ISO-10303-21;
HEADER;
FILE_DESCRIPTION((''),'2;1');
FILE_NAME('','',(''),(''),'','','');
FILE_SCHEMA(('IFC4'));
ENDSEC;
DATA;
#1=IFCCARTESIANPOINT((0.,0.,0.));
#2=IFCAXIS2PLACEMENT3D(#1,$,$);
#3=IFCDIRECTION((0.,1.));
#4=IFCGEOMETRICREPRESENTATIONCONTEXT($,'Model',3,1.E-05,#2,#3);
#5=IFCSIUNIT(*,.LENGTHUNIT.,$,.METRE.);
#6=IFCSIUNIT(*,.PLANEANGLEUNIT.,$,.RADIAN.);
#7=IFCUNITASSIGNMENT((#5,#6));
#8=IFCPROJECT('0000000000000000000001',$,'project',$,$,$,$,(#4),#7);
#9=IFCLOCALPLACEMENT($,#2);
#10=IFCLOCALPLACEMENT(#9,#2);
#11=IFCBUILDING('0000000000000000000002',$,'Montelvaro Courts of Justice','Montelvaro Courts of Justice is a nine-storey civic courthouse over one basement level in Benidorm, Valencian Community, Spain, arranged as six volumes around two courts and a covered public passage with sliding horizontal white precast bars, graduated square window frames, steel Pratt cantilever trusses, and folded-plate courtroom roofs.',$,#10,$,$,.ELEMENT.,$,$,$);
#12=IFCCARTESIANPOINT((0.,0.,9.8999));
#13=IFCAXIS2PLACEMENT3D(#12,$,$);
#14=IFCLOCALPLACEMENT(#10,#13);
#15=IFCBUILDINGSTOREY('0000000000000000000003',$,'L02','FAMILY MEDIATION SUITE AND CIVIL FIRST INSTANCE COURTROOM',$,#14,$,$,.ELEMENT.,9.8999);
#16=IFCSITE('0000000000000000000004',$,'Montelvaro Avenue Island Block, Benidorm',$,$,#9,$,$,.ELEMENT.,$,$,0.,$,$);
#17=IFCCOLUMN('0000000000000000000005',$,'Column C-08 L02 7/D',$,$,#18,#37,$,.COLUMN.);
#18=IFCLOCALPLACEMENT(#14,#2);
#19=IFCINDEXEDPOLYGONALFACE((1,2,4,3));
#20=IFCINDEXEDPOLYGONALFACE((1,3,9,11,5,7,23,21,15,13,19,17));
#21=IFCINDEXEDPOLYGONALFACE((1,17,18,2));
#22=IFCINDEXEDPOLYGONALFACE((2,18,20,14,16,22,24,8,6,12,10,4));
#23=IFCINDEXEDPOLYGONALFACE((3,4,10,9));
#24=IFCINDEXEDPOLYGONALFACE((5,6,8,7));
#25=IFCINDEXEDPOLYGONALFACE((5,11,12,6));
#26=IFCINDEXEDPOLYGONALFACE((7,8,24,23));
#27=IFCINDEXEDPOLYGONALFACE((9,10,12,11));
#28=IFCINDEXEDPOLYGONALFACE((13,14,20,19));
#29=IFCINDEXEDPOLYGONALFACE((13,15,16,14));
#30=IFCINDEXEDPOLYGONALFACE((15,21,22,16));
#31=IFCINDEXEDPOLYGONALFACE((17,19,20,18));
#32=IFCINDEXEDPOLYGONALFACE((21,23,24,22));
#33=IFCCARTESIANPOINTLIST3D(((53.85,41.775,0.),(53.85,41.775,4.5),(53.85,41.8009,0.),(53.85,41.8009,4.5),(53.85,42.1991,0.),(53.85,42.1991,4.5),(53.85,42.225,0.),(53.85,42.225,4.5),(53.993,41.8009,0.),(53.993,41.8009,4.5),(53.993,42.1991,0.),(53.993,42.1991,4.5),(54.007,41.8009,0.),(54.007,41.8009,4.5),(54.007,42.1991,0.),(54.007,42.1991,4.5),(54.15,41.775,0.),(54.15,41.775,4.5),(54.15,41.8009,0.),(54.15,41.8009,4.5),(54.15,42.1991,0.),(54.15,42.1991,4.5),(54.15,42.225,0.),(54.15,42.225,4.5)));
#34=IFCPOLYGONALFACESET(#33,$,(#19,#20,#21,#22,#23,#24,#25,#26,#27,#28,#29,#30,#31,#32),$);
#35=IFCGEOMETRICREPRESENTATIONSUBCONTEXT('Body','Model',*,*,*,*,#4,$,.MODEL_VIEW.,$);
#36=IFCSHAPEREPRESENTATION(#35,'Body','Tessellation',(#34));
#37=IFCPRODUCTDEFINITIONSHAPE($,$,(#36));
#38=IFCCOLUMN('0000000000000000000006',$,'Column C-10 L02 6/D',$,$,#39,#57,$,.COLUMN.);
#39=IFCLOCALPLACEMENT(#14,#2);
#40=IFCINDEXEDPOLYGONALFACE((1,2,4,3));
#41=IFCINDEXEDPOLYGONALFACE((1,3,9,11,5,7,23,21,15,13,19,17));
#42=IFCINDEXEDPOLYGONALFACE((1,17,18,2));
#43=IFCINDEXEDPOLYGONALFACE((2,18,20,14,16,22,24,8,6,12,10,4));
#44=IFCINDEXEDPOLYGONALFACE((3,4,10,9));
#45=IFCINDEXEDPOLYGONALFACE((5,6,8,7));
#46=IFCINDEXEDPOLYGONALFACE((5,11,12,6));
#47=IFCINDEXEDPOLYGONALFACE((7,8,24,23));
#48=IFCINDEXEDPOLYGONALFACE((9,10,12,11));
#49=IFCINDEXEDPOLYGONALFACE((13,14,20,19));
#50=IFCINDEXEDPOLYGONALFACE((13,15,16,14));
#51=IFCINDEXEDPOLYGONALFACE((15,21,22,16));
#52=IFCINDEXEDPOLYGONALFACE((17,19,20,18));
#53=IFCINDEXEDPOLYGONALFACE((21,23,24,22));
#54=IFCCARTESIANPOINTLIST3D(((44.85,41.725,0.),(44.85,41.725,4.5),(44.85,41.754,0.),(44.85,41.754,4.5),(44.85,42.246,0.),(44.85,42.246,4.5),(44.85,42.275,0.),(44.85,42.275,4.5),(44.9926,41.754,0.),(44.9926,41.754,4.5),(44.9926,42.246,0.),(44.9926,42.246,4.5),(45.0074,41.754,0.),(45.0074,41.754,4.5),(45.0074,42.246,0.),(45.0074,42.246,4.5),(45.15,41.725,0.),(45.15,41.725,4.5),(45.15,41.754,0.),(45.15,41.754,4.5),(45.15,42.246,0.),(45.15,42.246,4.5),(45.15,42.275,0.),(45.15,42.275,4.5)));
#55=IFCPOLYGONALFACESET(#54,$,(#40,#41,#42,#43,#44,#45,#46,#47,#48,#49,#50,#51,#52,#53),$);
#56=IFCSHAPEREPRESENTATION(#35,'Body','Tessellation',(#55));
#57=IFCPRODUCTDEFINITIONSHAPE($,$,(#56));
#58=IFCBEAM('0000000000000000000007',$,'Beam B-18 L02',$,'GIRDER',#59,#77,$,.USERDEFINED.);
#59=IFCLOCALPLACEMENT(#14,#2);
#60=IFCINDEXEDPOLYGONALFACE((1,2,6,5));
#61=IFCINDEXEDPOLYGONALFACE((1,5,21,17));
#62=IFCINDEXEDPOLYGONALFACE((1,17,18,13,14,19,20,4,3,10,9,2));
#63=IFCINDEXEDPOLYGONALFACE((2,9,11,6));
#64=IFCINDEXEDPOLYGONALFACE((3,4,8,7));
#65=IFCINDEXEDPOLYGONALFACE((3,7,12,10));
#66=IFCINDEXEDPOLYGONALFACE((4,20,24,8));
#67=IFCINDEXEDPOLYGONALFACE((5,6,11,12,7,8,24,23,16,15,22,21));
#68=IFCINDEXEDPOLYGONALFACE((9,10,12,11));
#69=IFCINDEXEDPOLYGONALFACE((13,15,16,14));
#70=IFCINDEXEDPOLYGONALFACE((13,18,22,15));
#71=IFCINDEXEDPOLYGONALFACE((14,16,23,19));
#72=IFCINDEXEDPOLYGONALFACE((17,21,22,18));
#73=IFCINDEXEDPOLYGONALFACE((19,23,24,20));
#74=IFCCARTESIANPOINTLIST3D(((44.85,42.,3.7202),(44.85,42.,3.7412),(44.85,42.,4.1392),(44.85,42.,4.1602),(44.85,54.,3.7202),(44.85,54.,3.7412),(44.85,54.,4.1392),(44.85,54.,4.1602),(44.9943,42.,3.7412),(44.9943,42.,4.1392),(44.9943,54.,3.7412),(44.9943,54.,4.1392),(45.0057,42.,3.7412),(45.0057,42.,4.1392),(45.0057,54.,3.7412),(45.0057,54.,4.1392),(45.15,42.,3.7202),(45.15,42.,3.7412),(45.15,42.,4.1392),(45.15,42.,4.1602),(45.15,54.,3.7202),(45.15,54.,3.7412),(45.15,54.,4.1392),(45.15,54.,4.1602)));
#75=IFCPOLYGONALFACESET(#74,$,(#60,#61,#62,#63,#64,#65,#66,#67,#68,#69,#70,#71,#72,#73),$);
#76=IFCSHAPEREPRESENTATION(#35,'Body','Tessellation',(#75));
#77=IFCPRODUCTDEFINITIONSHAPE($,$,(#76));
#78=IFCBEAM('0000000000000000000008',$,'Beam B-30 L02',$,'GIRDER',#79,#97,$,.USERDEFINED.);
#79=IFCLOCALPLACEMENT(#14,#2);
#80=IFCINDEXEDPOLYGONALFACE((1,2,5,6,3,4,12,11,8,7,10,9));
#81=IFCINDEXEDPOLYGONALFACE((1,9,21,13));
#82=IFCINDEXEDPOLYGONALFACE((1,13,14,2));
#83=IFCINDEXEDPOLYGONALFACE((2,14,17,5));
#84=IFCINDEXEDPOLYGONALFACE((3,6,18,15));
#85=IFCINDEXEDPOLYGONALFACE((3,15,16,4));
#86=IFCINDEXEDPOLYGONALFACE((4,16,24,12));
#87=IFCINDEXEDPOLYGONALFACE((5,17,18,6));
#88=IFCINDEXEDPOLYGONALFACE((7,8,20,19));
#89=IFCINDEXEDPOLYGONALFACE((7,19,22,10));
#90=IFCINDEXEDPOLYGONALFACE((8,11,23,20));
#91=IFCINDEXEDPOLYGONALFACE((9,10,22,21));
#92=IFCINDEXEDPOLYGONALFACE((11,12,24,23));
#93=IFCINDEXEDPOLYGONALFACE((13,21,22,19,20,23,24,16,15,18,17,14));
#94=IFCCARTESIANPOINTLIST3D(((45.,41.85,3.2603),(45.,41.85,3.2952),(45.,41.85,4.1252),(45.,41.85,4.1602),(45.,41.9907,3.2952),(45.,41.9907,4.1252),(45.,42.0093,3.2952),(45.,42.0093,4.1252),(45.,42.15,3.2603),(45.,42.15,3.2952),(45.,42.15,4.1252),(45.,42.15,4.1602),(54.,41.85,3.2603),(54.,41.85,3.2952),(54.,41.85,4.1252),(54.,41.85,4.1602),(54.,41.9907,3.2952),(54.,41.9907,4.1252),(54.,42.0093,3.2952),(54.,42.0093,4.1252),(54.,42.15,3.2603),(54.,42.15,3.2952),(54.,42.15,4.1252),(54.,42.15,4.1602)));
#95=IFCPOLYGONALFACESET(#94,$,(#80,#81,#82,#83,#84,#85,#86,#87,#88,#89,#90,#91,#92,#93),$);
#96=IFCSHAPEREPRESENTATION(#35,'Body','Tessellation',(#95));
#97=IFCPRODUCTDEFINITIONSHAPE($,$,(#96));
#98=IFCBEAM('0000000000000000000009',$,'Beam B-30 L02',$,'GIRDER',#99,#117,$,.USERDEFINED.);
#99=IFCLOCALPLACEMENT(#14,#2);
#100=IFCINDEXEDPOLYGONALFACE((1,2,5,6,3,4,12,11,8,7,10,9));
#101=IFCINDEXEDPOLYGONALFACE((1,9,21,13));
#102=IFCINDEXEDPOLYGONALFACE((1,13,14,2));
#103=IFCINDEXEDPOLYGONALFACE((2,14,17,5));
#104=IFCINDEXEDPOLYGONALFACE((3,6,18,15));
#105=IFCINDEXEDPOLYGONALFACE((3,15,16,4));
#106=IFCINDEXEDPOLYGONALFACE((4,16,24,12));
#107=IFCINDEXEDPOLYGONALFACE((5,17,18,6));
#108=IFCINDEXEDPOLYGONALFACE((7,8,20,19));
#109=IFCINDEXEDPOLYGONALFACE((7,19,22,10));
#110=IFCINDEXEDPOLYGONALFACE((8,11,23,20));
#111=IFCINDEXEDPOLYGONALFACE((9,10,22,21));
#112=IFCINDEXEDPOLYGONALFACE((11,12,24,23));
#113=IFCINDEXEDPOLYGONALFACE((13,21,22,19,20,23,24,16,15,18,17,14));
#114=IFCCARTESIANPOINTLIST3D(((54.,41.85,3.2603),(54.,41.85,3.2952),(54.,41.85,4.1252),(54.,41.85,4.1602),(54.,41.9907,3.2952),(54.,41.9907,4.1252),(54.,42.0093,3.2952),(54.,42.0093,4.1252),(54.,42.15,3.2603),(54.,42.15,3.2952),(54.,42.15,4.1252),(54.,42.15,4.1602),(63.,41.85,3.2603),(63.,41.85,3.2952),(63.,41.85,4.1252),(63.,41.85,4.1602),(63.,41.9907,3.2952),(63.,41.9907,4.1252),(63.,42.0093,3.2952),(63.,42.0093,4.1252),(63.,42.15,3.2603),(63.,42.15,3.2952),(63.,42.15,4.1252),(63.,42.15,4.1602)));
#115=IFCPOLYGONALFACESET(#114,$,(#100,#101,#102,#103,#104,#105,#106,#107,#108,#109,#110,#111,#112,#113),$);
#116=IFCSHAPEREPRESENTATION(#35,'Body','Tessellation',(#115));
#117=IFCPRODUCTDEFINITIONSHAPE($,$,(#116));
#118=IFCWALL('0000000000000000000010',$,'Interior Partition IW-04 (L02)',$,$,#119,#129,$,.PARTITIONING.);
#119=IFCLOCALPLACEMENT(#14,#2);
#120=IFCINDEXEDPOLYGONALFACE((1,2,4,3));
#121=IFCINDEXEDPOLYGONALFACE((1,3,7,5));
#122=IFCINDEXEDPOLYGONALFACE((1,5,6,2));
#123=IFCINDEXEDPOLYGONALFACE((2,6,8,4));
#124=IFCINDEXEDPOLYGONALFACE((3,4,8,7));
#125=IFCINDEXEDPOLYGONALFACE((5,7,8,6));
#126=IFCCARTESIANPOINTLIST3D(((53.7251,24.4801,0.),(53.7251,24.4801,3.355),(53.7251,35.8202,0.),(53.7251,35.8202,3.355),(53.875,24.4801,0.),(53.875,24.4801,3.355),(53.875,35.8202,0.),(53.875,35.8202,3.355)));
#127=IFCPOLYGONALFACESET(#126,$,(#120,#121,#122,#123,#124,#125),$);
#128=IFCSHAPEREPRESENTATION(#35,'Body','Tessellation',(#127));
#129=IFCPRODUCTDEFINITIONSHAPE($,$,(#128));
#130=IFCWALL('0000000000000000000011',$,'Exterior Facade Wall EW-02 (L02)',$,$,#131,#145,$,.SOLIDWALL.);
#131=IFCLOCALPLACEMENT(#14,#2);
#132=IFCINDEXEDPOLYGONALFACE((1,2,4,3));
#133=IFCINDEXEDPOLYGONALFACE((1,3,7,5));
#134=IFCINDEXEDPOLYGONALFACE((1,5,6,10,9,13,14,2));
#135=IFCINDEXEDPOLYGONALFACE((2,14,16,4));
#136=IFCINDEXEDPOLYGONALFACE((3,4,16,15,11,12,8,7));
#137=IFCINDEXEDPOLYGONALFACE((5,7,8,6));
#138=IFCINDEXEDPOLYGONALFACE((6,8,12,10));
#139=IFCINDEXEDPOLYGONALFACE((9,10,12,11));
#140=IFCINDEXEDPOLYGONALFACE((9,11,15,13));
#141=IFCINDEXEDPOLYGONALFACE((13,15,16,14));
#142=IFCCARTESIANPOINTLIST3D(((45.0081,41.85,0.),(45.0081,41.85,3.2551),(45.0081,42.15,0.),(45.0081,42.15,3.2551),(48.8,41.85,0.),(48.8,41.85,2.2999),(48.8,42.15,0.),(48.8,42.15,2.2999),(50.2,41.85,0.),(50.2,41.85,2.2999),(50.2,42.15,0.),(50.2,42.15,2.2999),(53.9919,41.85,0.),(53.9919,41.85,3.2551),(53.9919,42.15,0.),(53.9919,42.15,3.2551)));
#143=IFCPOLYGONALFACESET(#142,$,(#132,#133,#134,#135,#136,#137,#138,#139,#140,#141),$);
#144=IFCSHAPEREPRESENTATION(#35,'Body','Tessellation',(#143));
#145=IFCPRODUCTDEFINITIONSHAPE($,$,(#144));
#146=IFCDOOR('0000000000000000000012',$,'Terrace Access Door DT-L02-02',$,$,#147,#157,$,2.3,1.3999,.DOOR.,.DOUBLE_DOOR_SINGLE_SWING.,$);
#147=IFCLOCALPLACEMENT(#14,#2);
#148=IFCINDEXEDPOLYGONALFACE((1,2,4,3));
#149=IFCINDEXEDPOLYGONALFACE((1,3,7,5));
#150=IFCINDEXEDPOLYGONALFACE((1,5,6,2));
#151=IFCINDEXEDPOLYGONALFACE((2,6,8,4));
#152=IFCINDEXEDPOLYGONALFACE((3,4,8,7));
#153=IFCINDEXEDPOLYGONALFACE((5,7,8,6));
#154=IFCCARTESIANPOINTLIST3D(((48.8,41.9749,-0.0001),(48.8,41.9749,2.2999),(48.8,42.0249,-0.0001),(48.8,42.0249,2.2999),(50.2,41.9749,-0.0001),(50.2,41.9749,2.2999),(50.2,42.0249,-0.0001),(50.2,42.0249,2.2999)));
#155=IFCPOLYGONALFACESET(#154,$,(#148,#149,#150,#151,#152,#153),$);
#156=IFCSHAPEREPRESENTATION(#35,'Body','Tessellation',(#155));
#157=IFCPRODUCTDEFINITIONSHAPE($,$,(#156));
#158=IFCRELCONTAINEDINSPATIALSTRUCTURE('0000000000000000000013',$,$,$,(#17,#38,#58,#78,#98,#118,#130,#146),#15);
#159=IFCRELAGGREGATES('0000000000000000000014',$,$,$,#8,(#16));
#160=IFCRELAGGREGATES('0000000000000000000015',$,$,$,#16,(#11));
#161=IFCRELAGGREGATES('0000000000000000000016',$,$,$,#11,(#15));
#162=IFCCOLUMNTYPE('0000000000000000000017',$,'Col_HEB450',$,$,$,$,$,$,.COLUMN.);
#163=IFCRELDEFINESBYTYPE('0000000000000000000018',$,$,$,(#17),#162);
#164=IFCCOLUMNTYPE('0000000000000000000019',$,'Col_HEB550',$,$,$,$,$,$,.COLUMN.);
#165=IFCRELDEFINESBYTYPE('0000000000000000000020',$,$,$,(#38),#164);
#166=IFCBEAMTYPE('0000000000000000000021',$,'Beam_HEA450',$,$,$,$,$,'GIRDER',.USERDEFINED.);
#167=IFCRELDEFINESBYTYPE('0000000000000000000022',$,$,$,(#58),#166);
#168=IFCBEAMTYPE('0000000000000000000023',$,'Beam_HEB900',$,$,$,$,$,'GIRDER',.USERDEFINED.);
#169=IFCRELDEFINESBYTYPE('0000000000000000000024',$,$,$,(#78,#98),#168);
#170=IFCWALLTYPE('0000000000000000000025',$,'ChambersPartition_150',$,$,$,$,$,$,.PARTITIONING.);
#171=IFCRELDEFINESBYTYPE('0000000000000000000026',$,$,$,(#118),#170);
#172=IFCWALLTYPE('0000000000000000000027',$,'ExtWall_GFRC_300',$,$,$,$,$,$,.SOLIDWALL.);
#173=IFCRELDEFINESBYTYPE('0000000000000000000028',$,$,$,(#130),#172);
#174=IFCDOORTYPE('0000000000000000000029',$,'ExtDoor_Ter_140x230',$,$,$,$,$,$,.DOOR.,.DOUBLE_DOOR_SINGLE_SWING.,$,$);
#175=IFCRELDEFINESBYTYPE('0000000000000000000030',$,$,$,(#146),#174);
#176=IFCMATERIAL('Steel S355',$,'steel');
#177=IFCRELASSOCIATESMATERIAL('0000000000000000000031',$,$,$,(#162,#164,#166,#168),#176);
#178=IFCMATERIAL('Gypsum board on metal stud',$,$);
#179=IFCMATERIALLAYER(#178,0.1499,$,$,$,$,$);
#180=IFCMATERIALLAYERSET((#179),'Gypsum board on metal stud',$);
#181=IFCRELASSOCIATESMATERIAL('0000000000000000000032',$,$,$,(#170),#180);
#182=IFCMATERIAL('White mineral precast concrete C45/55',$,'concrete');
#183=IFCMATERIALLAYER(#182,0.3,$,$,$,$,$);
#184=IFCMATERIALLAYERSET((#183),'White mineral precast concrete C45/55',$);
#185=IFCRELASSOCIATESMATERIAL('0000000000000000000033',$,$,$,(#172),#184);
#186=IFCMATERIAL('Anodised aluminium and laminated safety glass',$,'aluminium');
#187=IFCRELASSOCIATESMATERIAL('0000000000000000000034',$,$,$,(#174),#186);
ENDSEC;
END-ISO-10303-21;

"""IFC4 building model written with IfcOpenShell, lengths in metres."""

from ifc_helpers import new_model, si_unit, direction, frame, frame_2d, origin, origin_2d, place, context, subcontext, project, spatial, rectangle, i_section, extrude, material, layer, layer_set, material_profile, profile_set, type_object, element, fill, save


model = new_model("IFC4")

# Units and contexts
model_context = context("Model", 3, precision=1e-05, world=origin(), true_north=direction((0.0, 1.0)))
body_context = subcontext(model_context, "Body", "Model", "MODEL_VIEW")
ifc_project = project(units=[si_unit("LENGTHUNIT", "METRE"), si_unit("PLANEANGLEUNIT", "RADIAN")], contexts=[model_context])

# Site, building, storey
site_placement = place(None, origin())
site = spatial("IfcSite", under=ifc_project, at=site_placement, Name="Montelvaro Avenue Island Block, Benidorm", CompositionType="ELEMENT", RefElevation=0.0)
building_placement = place(site_placement, origin())
building = spatial("IfcBuilding", under=site, at=building_placement, Name="Montelvaro Courts of Justice", Description="Montelvaro Courts of Justice is a nine-storey civic courthouse over one basement level in Benidorm, Valencian Community, Spain, arranged as six volumes around two courts and a covered public passage with sliding horizontal white precast bars, graduated square window frames, steel Pratt cantilever trusses, and folded-plate courtroom roofs.", CompositionType="ELEMENT")
storey_placement = place(building_placement, frame((0.0, 0.0, 9.8999)))
storey = spatial("IfcBuildingStorey", under=building, at=storey_placement, Name="L02", Description="FAMILY MEDIATION SUITE AND CIVIL FIRST INSTANCE COURTROOM", CompositionType="ELEMENT", Elevation=9.8999)

# Columns
ifc_material_1 = material(Name="Steel S355", Category="steel")
ifc_material_profile_1 = material_profile(ifc_material_1, i_section(OverallWidth=0.3, OverallDepth=0.45, WebThickness=0.0139, FlangeThickness=0.0259, at=origin_2d()), Name="HEB 450")
ifc_profile_set_1 = profile_set([ifc_material_profile_1], Name="Steel S355")
column_type_1 = type_object("IfcColumnType", Name="Col_HEB450", PredefinedType="COLUMN", material=ifc_profile_set_1)
column_1_placement = place(storey_placement, frame((54.0, 42.0, 0.0), z_axis=(0.0, 0.0, 1.0), x_axis=(1.0, 0.0, 0.0)))
element("IfcColumn", 1, at=column_1_placement, inside=storey, type_object=column_type_1, Name="Column C-08 L02 7/D", PredefinedType="COLUMN", context=body_context, shape_type="SweptSolid", body=[
    extrude(i_section(OverallWidth=0.3, OverallDepth=0.45, WebThickness=0.0139, FlangeThickness=0.0259, at=origin_2d()), origin(), (0.0, 0.0, 1.0), 4.5),
])
ifc_material_profile_2 = material_profile(ifc_material_1, i_section(OverallWidth=0.3, OverallDepth=0.55, WebThickness=0.0149, FlangeThickness=0.0291, at=origin_2d()), Name="HEB 550")
ifc_profile_set_2 = profile_set([ifc_material_profile_2], Name="Steel S355")
column_type_2 = type_object("IfcColumnType", Name="Col_HEB550", PredefinedType="COLUMN", material=ifc_profile_set_2)
column_2_placement = place(storey_placement, frame((45.0, 42.0, 0.0), z_axis=(0.0, 0.0, 1.0), x_axis=(1.0, 0.0, 0.0)))
element("IfcColumn", 2, at=column_2_placement, inside=storey, type_object=column_type_2, Name="Column C-10 L02 6/D", PredefinedType="COLUMN", context=body_context, shape_type="SweptSolid", body=[
    extrude(i_section(OverallWidth=0.3, OverallDepth=0.55, WebThickness=0.0149, FlangeThickness=0.0291, at=origin_2d()), origin(), (0.0, 0.0, 1.0), 4.5),
])

# Beams
ifc_material_profile_3 = material_profile(ifc_material_1, i_section(OverallWidth=0.3, OverallDepth=0.4399, WebThickness=0.0115, FlangeThickness=0.021, at=origin_2d()), Name="HEA 450")
ifc_profile_set_3 = profile_set([ifc_material_profile_3], Name="Steel S355")
beam_type_1 = type_object("IfcBeamType", Name="Beam_HEA450", ElementType="GIRDER", PredefinedType="USERDEFINED", material=ifc_profile_set_3)
beam_placement = place(storey_placement, frame((45.0, 42.0, 3.9402), z_axis=(0.0, 1.0, 0.0), x_axis=(-1.0, 0.0, 0.0)))
element("IfcBeam", 3, at=beam_placement, inside=storey, type_object=beam_type_1, Name="Beam B-18 L02", ObjectType="GIRDER", PredefinedType="USERDEFINED", context=body_context, shape_type="SweptSolid", body=[
    extrude(i_section(OverallWidth=0.3, OverallDepth=0.4399, WebThickness=0.0115, FlangeThickness=0.021, at=origin_2d()), origin(), (0.0, 0.0, 1.0), 12.0),
])
ifc_material_profile_4 = material_profile(ifc_material_1, i_section(OverallWidth=0.3, OverallDepth=0.8999, WebThickness=0.0186, FlangeThickness=0.0349, at=origin_2d()), Name="HEB 900")
ifc_profile_set_4 = profile_set([ifc_material_profile_4], Name="Steel S355")
beam_type_2 = type_object("IfcBeamType", Name="Beam_HEB900", ElementType="GIRDER", PredefinedType="USERDEFINED", material=ifc_profile_set_4)
for number, where, z_axis, x_axis, name in (
    (4, (45.0, 42.0, 3.7102), (1.0, 0.0, 0.0), (0.0, 1.0, 0.0), "Beam B-30 L02"),
    (5, (54.0, 42.0, 3.7102), (1.0, 0.0, 0.0), (0.0, 1.0, 0.0), "Beam B-30 L02"),
):
    element("IfcBeam", number, at=place(storey_placement, frame(where, z_axis=z_axis, x_axis=x_axis)), inside=storey, type_object=beam_type_2, Name=name, ObjectType="GIRDER", PredefinedType="USERDEFINED", context=body_context, shape_type="SweptSolid", body=[
        extrude(i_section(OverallWidth=0.3, OverallDepth=0.8999, WebThickness=0.0186, FlangeThickness=0.0349, at=origin_2d()), origin(), (0.0, 0.0, 1.0), 9.0),
    ])

# Wall
ifc_material_2 = material(Name="Gypsum board on metal stud")
ifc_layer_1 = layer(ifc_material_2, 0.1499)
ifc_layer_set_1 = layer_set([ifc_layer_1], Name="Gypsum board on metal stud")
wall_type_1 = type_object("IfcWallType", Name="ChambersPartition_150", PredefinedType="PARTITIONING", material=ifc_layer_set_1)
wall_1_placement = place(storey_placement, frame((53.8, 35.8201, 0.0), z_axis=(0.0, 0.0, 1.0), x_axis=(0.0, -1.0, 0.0)))
element("IfcWall", 6, at=wall_1_placement, inside=storey, type_object=wall_type_1, Name="Interior Partition IW-04 (L02)", PredefinedType="PARTITIONING", context=body_context, shape_type="SweptSolid", body=[
    extrude(rectangle(XDim=11.3401, YDim=0.1499, at=frame_2d((5.6699, 0.0))), origin(), (0.0, 0.0, 1.0), 3.355),
])

# Wall, opening, door
ifc_material_3 = material(Name="White mineral precast concrete C45/55", Category="concrete")
ifc_layer_2 = layer(ifc_material_3, 0.3)
ifc_layer_set_2 = layer_set([ifc_layer_2], Name="White mineral precast concrete C45/55")
wall_type_2 = type_object("IfcWallType", Name="ExtWall_GFRC_300", PredefinedType="SOLIDWALL", material=ifc_layer_set_2)
wall_2_placement = place(storey_placement, frame((53.9919, 42.0, 0.0), z_axis=(0.0, 0.0, 1.0), x_axis=(-1.0, 0.0, 0.0)))
wall_2 = element("IfcWall", 7, at=wall_2_placement, inside=storey, type_object=wall_type_2, Name="Exterior Facade Wall EW-02 (L02)", PredefinedType="SOLIDWALL", context=body_context, shape_type="SweptSolid", body=[
    extrude(rectangle(XDim=8.9839, YDim=0.3, at=frame_2d((4.4919, 0.0))), origin(), (0.0, 0.0, 1.0), 3.2551),
])
opening_1_placement = place(wall_2_placement, frame((3.792, 0.0, 0.0)))
opening_1 = element("IfcOpeningElement", 8, at=opening_1_placement, cuts=wall_2, PredefinedType="OPENING", context=body_context, shape_type="SweptSolid", body=[
    extrude(rectangle(XDim=1.3999, YDim=2.3, at=frame_2d((0.7, 1.1499))), frame((0.0, 0.165, 0.0), z_axis=(0.0, -1.0, 0.0), x_axis=(1.0, 0.0, 0.0)), (0.0, 0.0, 1.0), 0.3298),
])
ifc_material_4 = material(Name="Anodised aluminium and laminated safety glass", Category="aluminium")
door_type = type_object("IfcDoorType", Name="ExtDoor_Ter_140x230", OperationType="DOUBLE_DOOR_SINGLE_SWING", PredefinedType="DOOR", material=ifc_material_4)
door_placement = place(opening_1_placement, frame((1.3999, 0.0, 0.0), z_axis=(0.0, 0.0, 1.0), x_axis=(-1.0, 0.0, 0.0)))
door = element("IfcDoor", 9, at=door_placement, inside=storey, type_object=door_type, Name="Terrace Access Door DT-L02-02", OperationType="DOUBLE_DOOR_SINGLE_SWING", OverallHeight=2.3, OverallWidth=1.3999, PredefinedType="DOOR", context=body_context, shape_type="SweptSolid", body=[
    extrude(rectangle(XDim=1.3999, YDim=2.3, at=frame_2d((0.7, 1.1499))), frame((0.0, 0.0249, 0.0), z_axis=(0.0, -1.0, 0.0), x_axis=(1.0, 0.0, 0.0)), (0.0, 0.0, 1.0), 0.05),
])
fill(opening_1, door)

save(model, "model.ifc")
